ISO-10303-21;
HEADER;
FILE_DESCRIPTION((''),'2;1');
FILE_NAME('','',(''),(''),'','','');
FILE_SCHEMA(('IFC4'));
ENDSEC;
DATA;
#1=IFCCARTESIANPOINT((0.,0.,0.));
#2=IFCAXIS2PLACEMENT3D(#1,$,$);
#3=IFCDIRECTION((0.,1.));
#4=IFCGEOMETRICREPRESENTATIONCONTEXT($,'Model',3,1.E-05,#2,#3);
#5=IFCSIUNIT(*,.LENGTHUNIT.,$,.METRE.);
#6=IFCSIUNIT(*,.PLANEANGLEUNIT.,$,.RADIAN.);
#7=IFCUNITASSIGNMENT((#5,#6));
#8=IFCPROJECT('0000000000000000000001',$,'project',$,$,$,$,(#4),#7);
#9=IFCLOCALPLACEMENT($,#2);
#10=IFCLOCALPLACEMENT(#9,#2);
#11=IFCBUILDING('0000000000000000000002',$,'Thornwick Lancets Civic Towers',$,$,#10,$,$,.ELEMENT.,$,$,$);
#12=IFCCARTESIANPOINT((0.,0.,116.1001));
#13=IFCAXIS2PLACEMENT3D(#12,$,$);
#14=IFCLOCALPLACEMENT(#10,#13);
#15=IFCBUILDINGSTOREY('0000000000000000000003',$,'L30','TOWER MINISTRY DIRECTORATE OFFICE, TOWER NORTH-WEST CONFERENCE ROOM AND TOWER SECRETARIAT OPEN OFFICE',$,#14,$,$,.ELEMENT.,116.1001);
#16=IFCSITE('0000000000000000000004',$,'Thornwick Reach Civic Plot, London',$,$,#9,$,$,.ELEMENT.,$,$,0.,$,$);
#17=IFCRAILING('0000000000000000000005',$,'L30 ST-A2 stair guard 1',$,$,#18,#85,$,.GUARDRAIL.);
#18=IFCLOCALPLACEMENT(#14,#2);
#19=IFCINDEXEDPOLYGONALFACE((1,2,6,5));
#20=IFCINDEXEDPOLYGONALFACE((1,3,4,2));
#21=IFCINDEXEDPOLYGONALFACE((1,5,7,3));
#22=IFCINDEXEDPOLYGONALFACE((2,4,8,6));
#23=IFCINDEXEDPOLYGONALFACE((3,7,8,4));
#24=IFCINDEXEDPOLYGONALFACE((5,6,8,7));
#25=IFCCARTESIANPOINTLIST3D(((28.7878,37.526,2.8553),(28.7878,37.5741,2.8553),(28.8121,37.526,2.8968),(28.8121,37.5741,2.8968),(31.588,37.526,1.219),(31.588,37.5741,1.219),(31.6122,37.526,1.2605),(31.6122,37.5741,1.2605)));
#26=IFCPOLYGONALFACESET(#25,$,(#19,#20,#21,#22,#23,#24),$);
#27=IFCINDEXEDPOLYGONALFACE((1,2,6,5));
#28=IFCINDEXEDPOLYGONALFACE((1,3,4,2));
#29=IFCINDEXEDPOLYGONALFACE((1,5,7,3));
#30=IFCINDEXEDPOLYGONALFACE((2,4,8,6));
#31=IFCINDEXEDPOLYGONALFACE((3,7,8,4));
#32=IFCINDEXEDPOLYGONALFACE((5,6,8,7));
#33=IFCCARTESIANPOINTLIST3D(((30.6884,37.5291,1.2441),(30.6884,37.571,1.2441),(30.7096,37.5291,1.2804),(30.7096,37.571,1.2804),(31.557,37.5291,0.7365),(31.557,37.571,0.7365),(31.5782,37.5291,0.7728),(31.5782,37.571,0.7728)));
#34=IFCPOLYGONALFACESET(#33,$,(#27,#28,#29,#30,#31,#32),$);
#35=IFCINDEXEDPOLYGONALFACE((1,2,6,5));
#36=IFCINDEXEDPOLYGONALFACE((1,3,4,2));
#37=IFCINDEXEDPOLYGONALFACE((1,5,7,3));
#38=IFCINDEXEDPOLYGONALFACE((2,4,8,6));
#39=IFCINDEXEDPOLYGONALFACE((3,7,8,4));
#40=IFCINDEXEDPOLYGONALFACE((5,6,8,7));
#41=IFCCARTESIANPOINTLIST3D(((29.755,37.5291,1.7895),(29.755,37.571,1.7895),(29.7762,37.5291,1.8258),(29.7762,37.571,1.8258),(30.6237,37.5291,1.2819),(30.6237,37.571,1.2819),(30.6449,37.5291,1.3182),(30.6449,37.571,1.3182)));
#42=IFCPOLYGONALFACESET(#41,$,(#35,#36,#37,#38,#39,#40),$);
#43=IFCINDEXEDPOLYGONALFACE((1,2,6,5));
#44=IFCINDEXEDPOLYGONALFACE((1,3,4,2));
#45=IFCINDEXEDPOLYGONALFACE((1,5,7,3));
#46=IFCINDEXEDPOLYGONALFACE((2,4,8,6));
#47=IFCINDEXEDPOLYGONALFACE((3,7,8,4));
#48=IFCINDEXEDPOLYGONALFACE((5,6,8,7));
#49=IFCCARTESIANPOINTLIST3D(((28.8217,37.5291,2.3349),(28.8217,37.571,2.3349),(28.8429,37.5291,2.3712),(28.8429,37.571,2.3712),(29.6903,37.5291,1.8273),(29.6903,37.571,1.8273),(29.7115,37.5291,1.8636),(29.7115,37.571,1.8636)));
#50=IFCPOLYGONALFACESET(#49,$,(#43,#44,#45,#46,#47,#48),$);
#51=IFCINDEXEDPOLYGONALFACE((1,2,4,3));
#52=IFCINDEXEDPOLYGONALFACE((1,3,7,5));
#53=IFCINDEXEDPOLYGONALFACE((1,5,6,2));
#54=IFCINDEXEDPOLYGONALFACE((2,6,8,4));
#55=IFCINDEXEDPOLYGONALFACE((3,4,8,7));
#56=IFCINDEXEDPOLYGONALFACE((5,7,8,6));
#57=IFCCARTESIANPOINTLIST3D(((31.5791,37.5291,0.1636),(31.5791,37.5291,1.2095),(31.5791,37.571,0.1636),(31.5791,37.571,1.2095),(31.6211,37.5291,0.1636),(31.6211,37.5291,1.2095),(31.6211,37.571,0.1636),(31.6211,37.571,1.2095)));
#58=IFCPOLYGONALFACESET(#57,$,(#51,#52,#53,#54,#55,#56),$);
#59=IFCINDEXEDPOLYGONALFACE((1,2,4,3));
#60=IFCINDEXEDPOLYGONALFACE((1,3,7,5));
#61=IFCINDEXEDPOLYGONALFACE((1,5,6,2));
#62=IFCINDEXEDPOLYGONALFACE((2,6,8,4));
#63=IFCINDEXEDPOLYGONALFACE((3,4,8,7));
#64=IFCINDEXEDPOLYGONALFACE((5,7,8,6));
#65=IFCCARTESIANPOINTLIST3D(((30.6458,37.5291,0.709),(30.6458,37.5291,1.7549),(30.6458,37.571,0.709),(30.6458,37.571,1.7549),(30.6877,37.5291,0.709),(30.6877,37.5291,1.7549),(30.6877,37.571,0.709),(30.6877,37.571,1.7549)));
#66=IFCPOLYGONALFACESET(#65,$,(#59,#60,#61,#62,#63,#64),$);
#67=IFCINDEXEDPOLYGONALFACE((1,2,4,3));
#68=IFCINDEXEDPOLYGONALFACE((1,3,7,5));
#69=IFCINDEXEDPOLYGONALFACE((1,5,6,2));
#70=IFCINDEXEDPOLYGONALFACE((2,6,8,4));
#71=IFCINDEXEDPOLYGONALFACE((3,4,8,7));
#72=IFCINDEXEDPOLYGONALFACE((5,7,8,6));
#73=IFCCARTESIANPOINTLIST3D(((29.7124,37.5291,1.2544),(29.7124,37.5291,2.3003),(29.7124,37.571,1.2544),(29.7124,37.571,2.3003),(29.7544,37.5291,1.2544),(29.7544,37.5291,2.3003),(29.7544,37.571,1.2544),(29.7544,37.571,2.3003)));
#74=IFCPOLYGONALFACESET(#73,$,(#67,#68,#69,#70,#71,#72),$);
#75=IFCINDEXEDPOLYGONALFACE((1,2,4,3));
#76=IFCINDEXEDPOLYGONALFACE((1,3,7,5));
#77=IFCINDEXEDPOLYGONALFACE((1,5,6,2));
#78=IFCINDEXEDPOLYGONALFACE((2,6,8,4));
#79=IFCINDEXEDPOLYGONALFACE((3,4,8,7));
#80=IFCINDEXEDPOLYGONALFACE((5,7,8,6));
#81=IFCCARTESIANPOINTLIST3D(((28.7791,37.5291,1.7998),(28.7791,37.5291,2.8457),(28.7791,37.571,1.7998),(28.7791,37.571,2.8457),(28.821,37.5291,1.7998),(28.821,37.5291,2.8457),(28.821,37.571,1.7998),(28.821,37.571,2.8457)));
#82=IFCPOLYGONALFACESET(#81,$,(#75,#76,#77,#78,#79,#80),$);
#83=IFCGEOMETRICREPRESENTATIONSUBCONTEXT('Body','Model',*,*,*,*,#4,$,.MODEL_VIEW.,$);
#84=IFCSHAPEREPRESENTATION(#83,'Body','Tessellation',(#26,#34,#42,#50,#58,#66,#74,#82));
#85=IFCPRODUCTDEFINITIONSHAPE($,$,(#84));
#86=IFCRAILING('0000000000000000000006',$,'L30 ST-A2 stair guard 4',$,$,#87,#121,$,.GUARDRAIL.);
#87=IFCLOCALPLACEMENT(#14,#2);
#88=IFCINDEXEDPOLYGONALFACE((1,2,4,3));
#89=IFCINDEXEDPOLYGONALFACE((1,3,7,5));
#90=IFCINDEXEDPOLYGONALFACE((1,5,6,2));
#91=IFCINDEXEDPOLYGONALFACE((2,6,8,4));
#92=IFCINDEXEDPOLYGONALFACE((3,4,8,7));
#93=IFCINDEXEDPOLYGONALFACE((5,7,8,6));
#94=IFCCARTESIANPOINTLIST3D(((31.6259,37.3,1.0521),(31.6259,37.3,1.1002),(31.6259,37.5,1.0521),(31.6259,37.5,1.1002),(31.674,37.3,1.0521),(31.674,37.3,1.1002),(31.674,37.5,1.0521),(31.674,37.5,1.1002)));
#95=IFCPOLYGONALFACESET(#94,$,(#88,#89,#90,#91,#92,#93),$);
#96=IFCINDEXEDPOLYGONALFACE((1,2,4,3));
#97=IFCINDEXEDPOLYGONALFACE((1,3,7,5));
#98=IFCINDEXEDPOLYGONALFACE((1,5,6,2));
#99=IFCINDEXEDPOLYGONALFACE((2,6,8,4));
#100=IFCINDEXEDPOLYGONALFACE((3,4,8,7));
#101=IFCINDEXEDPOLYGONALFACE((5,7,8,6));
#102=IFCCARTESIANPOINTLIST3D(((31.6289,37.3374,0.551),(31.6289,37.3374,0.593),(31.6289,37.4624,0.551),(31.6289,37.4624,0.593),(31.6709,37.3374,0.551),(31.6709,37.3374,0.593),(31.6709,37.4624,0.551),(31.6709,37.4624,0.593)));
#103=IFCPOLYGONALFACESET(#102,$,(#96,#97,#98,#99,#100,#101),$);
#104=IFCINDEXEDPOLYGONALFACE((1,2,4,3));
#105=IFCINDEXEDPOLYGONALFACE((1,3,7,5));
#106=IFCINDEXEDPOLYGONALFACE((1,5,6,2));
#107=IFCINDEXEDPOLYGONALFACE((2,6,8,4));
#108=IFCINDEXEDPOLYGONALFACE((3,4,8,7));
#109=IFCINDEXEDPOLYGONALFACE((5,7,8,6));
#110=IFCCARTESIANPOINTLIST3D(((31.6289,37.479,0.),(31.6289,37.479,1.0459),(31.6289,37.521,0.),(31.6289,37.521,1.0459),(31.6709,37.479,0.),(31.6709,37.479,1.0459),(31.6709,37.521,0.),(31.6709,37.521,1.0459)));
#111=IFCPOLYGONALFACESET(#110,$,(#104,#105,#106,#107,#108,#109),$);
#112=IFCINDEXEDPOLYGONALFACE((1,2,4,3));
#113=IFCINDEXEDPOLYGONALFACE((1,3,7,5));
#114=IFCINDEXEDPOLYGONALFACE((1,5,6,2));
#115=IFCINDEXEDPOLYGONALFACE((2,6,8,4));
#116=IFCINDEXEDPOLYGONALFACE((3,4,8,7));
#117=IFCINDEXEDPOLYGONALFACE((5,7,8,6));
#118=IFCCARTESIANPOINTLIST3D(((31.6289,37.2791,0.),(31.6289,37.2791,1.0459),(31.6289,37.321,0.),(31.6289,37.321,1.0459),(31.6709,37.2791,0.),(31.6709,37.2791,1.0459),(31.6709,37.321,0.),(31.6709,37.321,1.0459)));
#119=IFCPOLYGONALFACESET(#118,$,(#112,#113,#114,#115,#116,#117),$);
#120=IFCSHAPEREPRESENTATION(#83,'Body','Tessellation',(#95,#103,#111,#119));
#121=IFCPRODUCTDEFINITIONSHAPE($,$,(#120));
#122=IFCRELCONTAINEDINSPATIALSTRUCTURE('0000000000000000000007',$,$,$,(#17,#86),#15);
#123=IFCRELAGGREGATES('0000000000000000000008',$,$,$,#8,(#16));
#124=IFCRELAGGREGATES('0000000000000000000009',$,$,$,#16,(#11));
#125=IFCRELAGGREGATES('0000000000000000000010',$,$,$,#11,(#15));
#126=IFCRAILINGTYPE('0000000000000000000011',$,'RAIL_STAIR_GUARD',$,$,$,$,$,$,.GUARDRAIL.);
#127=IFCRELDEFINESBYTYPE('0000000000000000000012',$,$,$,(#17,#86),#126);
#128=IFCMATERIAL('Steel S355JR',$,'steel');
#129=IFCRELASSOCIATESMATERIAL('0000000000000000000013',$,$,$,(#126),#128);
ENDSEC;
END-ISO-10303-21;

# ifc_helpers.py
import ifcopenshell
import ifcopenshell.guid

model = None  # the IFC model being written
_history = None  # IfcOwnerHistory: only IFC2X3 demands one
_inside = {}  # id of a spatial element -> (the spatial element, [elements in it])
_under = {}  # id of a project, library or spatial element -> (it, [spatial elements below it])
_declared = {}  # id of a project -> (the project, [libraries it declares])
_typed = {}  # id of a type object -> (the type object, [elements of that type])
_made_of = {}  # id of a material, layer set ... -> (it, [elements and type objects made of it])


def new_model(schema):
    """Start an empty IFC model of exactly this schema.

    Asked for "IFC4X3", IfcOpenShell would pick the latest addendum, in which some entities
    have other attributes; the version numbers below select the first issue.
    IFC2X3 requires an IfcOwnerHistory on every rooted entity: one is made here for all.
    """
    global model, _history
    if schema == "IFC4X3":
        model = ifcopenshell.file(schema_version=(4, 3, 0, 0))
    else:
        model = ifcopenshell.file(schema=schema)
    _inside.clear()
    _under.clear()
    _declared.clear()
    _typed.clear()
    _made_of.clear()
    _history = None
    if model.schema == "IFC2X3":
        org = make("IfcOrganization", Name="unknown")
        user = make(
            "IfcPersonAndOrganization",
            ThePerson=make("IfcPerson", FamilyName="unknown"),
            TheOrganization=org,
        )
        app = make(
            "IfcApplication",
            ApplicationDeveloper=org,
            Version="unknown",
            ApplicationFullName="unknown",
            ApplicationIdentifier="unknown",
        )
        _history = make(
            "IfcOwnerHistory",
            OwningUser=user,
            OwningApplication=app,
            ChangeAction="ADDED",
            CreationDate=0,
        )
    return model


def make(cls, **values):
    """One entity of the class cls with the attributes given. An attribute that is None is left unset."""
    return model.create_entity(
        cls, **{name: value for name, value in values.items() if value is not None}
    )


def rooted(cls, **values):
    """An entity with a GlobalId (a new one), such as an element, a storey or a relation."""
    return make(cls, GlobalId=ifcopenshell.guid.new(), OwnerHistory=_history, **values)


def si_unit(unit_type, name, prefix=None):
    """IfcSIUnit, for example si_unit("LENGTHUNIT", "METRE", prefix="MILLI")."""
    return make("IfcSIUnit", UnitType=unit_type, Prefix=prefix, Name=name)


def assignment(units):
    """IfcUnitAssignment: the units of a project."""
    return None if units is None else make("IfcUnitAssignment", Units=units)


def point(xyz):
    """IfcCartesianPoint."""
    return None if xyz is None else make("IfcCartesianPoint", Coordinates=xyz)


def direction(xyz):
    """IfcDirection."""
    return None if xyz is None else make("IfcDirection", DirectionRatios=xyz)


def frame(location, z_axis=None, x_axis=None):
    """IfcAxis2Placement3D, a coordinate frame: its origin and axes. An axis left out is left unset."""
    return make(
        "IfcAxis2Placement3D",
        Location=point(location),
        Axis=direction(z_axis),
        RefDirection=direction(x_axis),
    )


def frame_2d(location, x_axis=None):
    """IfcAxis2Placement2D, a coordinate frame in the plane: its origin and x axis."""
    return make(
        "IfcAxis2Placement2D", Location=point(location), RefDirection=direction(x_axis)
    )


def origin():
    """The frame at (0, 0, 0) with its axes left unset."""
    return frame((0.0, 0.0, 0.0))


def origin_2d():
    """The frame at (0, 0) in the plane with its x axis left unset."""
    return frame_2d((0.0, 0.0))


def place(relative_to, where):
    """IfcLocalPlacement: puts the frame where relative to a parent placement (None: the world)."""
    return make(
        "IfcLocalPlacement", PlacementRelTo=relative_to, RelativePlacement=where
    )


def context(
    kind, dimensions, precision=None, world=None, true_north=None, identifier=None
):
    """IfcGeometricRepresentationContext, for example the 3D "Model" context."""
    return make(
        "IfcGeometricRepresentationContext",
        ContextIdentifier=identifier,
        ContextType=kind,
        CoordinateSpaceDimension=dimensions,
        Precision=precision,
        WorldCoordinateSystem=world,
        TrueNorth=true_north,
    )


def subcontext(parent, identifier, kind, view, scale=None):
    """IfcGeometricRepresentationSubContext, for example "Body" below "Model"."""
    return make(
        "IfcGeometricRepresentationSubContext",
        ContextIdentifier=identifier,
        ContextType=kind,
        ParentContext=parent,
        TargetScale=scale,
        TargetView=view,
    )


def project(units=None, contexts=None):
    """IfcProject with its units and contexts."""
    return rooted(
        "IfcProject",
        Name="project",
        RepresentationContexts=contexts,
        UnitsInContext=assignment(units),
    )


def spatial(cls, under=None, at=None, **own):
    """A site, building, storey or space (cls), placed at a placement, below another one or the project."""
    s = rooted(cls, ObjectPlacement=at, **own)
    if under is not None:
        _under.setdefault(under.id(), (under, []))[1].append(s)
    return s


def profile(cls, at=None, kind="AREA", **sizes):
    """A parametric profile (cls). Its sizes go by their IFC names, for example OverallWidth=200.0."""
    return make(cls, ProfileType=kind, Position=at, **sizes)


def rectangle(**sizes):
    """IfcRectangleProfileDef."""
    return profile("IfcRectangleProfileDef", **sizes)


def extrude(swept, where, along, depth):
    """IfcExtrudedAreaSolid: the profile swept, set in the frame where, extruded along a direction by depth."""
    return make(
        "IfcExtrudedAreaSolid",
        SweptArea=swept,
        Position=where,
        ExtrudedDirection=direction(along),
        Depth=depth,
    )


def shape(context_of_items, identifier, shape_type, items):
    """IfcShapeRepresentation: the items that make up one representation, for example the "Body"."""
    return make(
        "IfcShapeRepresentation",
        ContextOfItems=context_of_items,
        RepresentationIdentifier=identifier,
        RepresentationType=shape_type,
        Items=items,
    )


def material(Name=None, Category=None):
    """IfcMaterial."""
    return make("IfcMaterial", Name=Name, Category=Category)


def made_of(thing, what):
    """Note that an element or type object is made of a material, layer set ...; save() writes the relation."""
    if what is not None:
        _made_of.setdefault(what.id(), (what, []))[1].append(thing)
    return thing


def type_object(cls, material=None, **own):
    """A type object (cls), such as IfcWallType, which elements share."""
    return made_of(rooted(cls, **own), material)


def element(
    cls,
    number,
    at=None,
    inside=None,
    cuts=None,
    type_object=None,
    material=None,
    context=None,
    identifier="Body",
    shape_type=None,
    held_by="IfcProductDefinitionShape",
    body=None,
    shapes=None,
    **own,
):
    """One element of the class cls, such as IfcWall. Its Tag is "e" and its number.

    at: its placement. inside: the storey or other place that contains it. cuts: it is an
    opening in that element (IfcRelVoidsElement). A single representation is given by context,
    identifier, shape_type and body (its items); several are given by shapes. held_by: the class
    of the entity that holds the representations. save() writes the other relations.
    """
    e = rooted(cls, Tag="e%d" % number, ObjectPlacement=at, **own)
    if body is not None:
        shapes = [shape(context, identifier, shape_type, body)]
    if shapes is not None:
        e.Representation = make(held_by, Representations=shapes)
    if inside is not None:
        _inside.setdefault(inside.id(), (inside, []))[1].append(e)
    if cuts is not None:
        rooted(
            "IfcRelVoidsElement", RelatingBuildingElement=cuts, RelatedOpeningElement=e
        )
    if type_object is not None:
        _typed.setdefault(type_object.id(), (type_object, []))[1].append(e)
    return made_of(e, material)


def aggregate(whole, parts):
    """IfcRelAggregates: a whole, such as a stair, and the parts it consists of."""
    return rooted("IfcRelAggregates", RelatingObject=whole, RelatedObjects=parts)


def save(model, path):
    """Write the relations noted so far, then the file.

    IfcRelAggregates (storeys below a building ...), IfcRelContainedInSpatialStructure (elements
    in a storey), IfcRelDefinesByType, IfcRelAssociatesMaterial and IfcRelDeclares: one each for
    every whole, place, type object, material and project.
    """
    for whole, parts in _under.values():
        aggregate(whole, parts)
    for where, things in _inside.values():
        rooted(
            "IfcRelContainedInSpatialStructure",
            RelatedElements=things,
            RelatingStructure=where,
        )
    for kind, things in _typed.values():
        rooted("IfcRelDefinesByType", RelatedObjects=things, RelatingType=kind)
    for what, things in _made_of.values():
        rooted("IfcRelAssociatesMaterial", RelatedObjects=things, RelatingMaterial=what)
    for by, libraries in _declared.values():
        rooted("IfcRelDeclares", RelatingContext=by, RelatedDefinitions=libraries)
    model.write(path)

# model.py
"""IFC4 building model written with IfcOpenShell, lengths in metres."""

from ifc_helpers import new_model, si_unit, direction, frame, origin, origin_2d, place, context, subcontext, project, spatial, rectangle, extrude, material, type_object, element, save


model = new_model("IFC4")

# Units and contexts
model_context = context("Model", 3, precision=1e-05, world=origin(), true_north=direction((0.0, 1.0)))
body_context = subcontext(model_context, "Body", "Model", "MODEL_VIEW")
ifc_project = project(units=[si_unit("LENGTHUNIT", "METRE"), si_unit("PLANEANGLEUNIT", "RADIAN")], contexts=[model_context])

# Site, building, storey
site_placement = place(None, origin())
site = spatial("IfcSite", under=ifc_project, at=site_placement, Name="Thornwick Reach Civic Plot, London", CompositionType="ELEMENT", RefElevation=0.0)
building_placement = place(site_placement, origin())
building = spatial("IfcBuilding", under=site, at=building_placement, Name="Thornwick Lancets Civic Towers", CompositionType="ELEMENT")
storey_placement = place(building_placement, frame((0.0, 0.0, 116.1001)))
storey = spatial("IfcBuildingStorey", under=building, at=storey_placement, Name="L30", Description="TOWER MINISTRY DIRECTORATE OFFICE, TOWER NORTH-WEST CONFERENCE ROOM AND TOWER SECRETARIAT OPEN OFFICE", CompositionType="ELEMENT", Elevation=116.1001)

# Shared definitions
ifc_material_1 = material(Name="Steel S355JR", Category="steel")

# Railings
railing_type_1 = type_object("IfcRailingType", Name="RAIL_STAIR_GUARD", PredefinedType="GUARDRAIL", material=ifc_material_1)
railing_1_placement = place(storey_placement, frame((31.6001, 37.55, 0.1636)))
element("IfcRailing", 1, at=railing_1_placement, inside=storey, type_object=railing_type_1, Name="L30 ST-A2 stair guard 1", PredefinedType="GUARDRAIL", context=body_context, shape_type="SweptSolid", body=[
    extrude(rectangle(XDim=0.0481, YDim=0.0481, at=origin_2d()), frame((0.0, 0.0, 1.0762), z_axis=(-0.863394, 0.0, 0.504531), x_axis=(0.0, -1.0, 0.0)), (0.0, 0.0, 1.0), 3.2432),
    extrude(rectangle(XDim=0.042, YDim=0.042, at=origin_2d()), frame((-0.0325, 0.0, 0.5911), z_axis=(-0.863394, 0.0, 0.504531), x_axis=(0.0, -1.0, 0.0)), (0.0, 0.0, 1.0), 1.0061),
    extrude(rectangle(XDim=0.042, YDim=0.042, at=origin_2d()), frame((-0.9658, 0.0, 1.1365), z_axis=(-0.863394, 0.0, 0.504531), x_axis=(0.0, -1.0, 0.0)), (0.0, 0.0, 1.0), 1.0061),
    extrude(rectangle(XDim=0.042, YDim=0.042, at=origin_2d()), frame((-1.8992, 0.0, 1.6819), z_axis=(-0.863394, 0.0, 0.504531), x_axis=(0.0, -1.0, 0.0)), (0.0, 0.0, 1.0), 1.0061),
    extrude(rectangle(XDim=0.042, YDim=0.042, at=origin_2d()), origin(), (0.0, 0.0, 1.0), 1.0459),
    extrude(rectangle(XDim=0.042, YDim=0.042, at=origin_2d()), frame((-0.9333, 0.0, 0.5454)), (0.0, 0.0, 1.0), 1.0459),
    extrude(rectangle(XDim=0.042, YDim=0.042, at=origin_2d()), frame((-1.8667, 0.0, 1.0908)), (0.0, 0.0, 1.0), 1.0459),
    extrude(rectangle(XDim=0.042, YDim=0.042, at=origin_2d()), frame((-2.8, 0.0, 1.6362)), (0.0, 0.0, 1.0), 1.0459),
])
railing_2_placement = place(storey_placement, frame((31.6499, 37.5, 0.0)))
element("IfcRailing", 2, at=railing_2_placement, inside=storey, type_object=railing_type_1, Name="L30 ST-A2 stair guard 4", PredefinedType="GUARDRAIL", context=body_context, shape_type="SweptSolid", body=[
    extrude(rectangle(XDim=0.0481, YDim=0.0481, at=origin_2d()), frame((0.0, 0.0, 1.0762), z_axis=(0.0, -1.0, 0.0), x_axis=(1.0, 0.0, 0.0)), (0.0, 0.0, 1.0), 0.2),
    extrude(rectangle(XDim=0.042, YDim=0.042, at=origin_2d()), frame((0.0, -0.0376, 0.572), z_axis=(0.0, -1.0, 0.0), x_axis=(1.0, 0.0, 0.0)), (0.0, 0.0, 1.0), 0.125),
    extrude(rectangle(XDim=0.042, YDim=0.042, at=origin_2d()), origin(), (0.0, 0.0, 1.0), 1.0459),
    extrude(rectangle(XDim=0.042, YDim=0.042, at=origin_2d()), frame((0.0, -0.2, 0.0)), (0.0, 0.0, 1.0), 1.0459),
])

save(model, "model.ifc")
